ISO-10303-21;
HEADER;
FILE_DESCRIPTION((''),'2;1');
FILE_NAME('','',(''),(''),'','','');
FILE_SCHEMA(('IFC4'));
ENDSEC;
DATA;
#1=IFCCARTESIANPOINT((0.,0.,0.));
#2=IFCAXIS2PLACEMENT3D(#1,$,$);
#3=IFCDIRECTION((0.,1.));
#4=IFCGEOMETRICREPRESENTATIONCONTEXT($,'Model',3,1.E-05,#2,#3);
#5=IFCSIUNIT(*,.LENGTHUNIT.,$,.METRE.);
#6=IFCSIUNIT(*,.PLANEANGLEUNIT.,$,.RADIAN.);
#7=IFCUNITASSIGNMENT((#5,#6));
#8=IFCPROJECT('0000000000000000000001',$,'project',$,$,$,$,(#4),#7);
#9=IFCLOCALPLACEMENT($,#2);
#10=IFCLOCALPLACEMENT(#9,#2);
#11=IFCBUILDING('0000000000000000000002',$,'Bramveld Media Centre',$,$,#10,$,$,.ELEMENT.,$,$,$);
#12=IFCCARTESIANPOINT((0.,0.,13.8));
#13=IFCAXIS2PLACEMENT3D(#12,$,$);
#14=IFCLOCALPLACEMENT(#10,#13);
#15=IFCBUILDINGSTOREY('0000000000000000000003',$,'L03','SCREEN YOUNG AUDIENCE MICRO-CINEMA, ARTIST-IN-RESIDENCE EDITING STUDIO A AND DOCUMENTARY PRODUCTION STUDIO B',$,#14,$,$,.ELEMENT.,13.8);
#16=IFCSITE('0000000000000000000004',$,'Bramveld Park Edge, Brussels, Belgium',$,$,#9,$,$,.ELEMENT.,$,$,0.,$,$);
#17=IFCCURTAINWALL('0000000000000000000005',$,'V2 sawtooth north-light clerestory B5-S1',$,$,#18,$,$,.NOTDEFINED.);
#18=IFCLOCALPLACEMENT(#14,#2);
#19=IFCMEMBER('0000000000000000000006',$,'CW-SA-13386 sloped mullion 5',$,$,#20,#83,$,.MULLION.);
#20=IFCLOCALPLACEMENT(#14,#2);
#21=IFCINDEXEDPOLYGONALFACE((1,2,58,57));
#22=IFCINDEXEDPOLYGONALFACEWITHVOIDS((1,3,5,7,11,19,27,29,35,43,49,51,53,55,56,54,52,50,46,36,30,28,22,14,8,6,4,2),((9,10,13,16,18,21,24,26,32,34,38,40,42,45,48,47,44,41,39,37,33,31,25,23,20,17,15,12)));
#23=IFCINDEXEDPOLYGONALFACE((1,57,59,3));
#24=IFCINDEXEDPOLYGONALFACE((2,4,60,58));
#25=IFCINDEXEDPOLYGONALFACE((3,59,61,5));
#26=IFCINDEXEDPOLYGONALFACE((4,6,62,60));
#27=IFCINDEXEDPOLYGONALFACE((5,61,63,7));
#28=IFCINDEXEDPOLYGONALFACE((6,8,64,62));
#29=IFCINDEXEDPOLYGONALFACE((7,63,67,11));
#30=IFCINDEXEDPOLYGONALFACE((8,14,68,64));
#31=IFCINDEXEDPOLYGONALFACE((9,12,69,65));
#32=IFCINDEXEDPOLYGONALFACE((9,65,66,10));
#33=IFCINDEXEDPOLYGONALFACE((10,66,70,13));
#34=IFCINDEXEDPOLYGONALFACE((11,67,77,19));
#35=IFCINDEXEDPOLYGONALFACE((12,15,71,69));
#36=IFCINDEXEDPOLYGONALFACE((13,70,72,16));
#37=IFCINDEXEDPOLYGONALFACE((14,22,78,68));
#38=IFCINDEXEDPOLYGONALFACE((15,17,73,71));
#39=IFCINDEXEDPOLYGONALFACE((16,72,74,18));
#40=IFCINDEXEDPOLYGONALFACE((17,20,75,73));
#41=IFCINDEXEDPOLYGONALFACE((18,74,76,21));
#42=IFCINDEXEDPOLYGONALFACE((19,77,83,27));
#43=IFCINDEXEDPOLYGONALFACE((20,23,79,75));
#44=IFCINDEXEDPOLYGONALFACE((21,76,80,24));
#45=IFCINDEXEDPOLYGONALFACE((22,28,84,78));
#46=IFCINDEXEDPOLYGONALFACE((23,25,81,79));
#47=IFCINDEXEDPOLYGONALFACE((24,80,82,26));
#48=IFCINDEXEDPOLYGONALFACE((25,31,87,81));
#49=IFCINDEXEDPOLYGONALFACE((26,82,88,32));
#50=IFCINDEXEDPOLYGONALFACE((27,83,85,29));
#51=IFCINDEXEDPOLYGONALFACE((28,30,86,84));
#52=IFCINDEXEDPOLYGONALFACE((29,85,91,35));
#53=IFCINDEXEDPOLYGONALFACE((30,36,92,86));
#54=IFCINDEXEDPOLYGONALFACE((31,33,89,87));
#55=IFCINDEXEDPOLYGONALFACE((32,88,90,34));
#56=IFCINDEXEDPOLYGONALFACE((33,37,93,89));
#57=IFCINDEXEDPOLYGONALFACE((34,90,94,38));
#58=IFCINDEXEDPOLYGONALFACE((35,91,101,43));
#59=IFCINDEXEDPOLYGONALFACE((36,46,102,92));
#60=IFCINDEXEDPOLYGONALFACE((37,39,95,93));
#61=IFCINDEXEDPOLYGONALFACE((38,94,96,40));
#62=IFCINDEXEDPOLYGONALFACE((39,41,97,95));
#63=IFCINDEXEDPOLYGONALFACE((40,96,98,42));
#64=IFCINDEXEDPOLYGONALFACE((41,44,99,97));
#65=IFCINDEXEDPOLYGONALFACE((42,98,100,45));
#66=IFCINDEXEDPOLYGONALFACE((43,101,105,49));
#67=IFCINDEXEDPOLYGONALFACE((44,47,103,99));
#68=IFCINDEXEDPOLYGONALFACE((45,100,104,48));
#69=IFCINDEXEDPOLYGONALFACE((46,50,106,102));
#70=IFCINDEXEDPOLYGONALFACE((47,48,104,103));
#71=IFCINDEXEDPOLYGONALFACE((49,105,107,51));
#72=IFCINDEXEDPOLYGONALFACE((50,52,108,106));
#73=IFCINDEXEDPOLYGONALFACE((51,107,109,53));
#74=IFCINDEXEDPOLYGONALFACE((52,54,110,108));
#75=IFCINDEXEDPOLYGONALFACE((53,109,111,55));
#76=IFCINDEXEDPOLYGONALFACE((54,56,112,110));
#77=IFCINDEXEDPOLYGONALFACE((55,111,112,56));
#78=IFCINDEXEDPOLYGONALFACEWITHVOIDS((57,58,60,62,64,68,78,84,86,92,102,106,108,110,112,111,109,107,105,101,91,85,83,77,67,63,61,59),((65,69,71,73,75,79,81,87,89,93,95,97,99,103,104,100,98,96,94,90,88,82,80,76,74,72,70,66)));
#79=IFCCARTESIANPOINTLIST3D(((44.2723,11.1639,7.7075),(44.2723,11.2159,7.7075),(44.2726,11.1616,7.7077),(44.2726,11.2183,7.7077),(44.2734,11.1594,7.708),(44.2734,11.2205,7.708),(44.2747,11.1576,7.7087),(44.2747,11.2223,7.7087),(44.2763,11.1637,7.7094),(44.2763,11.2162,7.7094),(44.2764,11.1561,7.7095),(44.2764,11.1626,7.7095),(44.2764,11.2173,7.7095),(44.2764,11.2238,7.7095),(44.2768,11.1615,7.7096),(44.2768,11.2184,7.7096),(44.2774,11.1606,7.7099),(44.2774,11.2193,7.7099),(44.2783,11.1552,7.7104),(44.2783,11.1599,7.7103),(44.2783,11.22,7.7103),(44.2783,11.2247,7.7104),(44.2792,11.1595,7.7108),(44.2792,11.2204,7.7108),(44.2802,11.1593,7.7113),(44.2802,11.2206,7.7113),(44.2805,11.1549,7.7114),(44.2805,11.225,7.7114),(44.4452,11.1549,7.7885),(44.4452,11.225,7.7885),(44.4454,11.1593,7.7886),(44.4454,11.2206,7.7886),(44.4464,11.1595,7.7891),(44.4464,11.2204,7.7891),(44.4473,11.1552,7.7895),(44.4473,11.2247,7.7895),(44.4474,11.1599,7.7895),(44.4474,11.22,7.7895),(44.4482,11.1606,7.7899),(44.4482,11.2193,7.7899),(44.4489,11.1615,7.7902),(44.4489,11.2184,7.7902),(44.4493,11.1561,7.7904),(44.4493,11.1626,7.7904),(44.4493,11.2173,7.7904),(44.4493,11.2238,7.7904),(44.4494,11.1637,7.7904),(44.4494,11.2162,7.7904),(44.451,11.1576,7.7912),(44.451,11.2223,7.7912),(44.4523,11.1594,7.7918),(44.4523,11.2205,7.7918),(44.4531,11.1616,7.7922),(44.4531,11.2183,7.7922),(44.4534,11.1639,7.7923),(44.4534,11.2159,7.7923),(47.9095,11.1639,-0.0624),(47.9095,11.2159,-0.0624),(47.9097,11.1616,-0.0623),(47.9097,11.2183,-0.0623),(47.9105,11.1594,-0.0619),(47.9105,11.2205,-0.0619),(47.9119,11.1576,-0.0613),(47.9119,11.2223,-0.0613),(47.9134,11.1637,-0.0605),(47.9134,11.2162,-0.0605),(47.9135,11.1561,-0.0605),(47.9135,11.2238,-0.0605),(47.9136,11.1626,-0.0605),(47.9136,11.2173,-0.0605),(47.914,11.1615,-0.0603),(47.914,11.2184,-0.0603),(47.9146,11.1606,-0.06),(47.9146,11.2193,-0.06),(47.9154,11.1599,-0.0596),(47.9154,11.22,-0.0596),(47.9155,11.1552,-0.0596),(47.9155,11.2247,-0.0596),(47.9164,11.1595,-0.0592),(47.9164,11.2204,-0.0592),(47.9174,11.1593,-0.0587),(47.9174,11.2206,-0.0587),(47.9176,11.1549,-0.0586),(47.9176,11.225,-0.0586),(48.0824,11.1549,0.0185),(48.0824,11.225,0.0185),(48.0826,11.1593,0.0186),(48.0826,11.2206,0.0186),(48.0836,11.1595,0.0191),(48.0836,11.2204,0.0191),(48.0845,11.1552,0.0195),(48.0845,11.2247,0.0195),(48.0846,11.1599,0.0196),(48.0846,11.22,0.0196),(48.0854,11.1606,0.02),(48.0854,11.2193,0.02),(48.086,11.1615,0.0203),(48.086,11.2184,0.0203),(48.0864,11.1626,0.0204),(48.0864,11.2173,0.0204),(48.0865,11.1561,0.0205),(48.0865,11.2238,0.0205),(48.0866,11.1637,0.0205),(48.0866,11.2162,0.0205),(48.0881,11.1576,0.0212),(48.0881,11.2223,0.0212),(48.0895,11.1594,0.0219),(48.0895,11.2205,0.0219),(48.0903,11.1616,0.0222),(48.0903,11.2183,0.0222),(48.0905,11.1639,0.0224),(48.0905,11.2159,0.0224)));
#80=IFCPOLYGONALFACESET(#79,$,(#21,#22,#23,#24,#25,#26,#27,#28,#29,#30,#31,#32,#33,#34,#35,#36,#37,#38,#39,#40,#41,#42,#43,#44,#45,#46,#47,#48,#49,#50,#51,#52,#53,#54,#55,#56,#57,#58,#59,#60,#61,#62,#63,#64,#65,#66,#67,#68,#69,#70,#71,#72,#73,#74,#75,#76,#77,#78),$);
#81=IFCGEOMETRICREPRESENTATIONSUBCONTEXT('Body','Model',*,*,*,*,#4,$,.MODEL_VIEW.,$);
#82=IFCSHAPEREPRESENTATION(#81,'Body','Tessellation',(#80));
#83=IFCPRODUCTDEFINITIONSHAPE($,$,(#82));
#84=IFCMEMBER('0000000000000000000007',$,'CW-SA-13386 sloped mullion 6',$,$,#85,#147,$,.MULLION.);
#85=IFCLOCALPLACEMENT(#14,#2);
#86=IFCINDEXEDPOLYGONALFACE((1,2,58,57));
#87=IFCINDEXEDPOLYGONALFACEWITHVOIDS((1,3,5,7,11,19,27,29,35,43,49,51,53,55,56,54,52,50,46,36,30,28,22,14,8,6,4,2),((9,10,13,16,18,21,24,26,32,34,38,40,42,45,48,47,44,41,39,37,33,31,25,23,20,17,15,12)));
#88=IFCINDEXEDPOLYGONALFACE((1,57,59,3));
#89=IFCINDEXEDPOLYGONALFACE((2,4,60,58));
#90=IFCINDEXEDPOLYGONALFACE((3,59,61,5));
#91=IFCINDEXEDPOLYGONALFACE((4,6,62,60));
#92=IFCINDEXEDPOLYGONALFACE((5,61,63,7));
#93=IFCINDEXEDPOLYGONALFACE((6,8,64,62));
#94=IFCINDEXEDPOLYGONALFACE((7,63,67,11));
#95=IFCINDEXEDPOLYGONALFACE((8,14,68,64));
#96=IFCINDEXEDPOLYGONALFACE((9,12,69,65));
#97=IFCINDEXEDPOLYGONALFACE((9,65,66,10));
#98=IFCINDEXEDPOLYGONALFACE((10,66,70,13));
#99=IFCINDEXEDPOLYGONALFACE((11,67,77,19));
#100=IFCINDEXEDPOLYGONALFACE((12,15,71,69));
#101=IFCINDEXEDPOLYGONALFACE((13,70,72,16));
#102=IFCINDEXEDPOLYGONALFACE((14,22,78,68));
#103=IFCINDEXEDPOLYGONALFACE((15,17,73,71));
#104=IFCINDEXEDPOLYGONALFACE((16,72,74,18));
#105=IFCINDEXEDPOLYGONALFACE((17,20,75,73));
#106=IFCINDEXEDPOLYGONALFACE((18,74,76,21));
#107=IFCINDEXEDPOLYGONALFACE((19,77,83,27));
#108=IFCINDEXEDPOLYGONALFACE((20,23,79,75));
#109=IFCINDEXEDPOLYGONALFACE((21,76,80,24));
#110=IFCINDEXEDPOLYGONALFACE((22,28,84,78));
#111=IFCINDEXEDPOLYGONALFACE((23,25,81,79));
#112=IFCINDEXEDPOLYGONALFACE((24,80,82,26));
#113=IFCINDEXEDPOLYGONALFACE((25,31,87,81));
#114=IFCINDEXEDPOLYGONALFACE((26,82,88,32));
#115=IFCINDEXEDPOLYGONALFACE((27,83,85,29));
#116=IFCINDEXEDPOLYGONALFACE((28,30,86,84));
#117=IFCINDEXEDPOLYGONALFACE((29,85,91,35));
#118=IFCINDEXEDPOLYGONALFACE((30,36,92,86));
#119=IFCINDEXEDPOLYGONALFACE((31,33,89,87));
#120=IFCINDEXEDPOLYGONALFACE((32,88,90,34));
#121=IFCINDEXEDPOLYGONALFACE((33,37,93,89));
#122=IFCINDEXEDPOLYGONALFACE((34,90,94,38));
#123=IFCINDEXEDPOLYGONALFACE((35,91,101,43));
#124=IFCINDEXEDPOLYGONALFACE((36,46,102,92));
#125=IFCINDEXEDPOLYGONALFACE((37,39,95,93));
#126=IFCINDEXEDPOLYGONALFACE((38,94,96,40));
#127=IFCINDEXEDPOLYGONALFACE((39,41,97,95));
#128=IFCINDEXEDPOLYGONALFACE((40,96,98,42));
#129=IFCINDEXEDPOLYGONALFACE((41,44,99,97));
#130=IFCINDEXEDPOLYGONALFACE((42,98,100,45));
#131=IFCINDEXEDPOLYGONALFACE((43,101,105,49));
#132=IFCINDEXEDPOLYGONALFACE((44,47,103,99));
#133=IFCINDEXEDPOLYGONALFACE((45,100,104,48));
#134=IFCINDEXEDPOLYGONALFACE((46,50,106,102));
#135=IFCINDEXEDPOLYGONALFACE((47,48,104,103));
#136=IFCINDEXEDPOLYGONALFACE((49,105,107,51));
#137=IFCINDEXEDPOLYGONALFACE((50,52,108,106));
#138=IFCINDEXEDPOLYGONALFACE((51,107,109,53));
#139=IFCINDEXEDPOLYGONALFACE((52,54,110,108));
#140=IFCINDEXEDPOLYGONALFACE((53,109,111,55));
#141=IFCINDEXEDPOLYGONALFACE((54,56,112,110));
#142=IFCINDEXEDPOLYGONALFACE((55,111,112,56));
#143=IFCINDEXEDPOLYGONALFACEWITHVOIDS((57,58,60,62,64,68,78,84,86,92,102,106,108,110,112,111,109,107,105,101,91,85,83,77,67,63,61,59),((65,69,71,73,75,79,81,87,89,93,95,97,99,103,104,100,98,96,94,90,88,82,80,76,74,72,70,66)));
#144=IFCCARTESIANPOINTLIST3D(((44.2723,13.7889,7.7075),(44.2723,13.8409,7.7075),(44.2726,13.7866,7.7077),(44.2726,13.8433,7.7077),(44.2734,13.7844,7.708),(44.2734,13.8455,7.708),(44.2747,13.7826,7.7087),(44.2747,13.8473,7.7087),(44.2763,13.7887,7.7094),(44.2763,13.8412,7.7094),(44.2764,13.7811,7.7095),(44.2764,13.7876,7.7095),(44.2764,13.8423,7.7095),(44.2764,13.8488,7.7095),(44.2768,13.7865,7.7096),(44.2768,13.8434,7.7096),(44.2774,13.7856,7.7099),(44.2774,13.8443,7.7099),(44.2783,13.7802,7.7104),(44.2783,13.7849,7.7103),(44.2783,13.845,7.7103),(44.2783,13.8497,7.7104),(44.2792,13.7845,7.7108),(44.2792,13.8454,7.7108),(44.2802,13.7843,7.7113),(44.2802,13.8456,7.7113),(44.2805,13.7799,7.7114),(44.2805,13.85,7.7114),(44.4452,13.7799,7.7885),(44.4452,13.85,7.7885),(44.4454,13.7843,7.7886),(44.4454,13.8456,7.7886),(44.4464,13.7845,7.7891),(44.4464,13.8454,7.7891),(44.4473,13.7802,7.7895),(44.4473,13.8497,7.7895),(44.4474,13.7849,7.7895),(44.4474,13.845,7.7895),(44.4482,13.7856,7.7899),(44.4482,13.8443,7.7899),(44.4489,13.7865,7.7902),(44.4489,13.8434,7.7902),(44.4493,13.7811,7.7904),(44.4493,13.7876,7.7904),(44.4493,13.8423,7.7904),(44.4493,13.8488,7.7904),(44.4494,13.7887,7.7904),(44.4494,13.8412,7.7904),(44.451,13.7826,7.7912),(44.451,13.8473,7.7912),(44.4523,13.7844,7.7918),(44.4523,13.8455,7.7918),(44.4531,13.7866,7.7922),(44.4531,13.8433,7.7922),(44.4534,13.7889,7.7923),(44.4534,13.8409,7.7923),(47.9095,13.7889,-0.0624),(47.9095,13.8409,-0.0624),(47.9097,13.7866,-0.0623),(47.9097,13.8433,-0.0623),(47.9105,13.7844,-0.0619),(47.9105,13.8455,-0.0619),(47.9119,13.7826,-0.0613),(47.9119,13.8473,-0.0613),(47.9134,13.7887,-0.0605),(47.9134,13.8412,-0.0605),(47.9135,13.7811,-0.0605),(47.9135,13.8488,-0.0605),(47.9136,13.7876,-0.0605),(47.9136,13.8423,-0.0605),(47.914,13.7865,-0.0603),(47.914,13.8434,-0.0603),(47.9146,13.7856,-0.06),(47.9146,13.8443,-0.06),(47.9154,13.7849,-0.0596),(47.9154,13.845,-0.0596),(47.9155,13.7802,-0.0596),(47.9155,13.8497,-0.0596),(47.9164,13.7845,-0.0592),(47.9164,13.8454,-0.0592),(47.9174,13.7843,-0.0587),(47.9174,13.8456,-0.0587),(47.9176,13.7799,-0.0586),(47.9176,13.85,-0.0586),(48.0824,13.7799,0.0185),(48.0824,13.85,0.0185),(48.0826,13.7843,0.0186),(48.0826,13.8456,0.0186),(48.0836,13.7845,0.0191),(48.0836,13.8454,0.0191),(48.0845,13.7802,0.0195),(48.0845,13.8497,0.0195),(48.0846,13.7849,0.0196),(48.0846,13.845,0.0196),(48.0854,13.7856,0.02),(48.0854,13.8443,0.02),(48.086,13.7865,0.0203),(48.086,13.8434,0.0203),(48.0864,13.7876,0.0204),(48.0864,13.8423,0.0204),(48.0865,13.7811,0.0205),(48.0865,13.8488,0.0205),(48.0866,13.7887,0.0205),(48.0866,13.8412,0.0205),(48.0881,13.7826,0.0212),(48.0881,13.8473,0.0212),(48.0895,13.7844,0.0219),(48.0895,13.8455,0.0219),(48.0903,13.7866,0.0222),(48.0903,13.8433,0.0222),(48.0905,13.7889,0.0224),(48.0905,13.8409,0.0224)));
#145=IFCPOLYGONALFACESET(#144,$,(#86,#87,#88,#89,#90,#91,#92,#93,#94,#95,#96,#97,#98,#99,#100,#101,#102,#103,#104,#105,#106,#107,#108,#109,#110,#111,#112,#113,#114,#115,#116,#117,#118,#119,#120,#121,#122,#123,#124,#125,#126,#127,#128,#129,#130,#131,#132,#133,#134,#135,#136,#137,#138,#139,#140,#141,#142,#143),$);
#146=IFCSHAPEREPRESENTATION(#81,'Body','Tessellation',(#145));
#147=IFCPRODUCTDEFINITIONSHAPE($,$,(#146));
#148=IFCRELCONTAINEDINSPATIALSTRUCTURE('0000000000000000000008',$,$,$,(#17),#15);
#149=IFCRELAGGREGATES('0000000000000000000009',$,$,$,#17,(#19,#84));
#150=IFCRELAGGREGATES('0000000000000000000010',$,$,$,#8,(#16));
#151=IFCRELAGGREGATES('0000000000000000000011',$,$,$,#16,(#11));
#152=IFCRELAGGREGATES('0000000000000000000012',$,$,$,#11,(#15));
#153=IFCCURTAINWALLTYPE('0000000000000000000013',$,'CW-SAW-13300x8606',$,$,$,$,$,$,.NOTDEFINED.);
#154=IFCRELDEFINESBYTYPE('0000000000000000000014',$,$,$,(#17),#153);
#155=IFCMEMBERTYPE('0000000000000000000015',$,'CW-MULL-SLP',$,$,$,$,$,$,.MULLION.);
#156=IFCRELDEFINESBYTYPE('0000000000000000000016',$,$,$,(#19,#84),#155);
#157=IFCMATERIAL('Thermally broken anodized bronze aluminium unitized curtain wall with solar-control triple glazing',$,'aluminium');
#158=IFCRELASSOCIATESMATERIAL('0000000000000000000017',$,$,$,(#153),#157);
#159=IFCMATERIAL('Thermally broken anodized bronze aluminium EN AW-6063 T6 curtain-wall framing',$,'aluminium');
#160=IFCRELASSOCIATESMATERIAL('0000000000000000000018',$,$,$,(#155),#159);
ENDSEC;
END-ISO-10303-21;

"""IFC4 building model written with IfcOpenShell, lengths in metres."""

from ifc_helpers import new_model, si_unit, direction, frame, origin, origin_2d, place, context, subcontext, project, spatial, hollow_rectangle, extrude, material, material_profile, profile_set, type_object, element, aggregate, save


model = new_model("IFC4")

# Units and contexts
model_context = context("Model", 3, precision=1e-05, world=origin(), true_north=direction((0.0, 1.0)))
body_context = subcontext(model_context, "Body", "Model", "MODEL_VIEW")
ifc_project = project(units=[si_unit("LENGTHUNIT", "METRE"), si_unit("PLANEANGLEUNIT", "RADIAN")], contexts=[model_context])

# Site, building, storey
site_placement = place(None, origin())
site = spatial("IfcSite", under=ifc_project, at=site_placement, Name="Bramveld Park Edge, Brussels, Belgium", CompositionType="ELEMENT", RefElevation=0.0)
building_placement = place(site_placement, origin())
building = spatial("IfcBuilding", under=site, at=building_placement, Name="Bramveld Media Centre", CompositionType="ELEMENT")
storey_placement = place(building_placement, frame((0.0, 0.0, 13.8)))
storey = spatial("IfcBuildingStorey", under=building, at=storey_placement, Name="L03", Description="SCREEN YOUNG AUDIENCE MICRO-CINEMA, ARTIST-IN-RESIDENCE EDITING STUDIO A AND DOCUMENTARY PRODUCTION STUDIO B", CompositionType="ELEMENT", Elevation=13.8)

# Curtain wall, members
ifc_material_1 = material(Name="Thermally broken anodized bronze aluminium unitized curtain wall with solar-control triple glazing", Category="aluminium")
curtain_wall_type = type_object("IfcCurtainWallType", Name="CW-SAW-13300x8606", PredefinedType="NOTDEFINED", material=ifc_material_1)
curtain_wall_1_placement = place(storey_placement, origin())
curtain_wall_1 = element("IfcCurtainWall", 1, at=curtain_wall_1_placement, inside=storey, type_object=curtain_wall_type, Name="V2 sawtooth north-light clerestory B5-S1", PredefinedType="NOTDEFINED")
ifc_material_2 = material(Name="Thermally broken anodized bronze aluminium EN AW-6063 T6 curtain-wall framing", Category="aluminium")
ifc_material_profile_1 = material_profile(ifc_material_2, hollow_rectangle(XDim=0.0701, YDim=0.2, WallThickness=0.0044, InnerFilletRadius=0.0044, OuterFilletRadius=0.009, at=origin_2d()), Name="AL-MULL 70x200")
ifc_profile_set_1 = profile_set([ifc_material_profile_1], Name="Thermally broken anodized bronze aluminium EN AW-6063 T6 curtain-wall framing")
member_type_1 = type_object("IfcMemberType", Name="CW-MULL-SLP", PredefinedType="MULLION", material=ifc_profile_set_1)
member_1_placement = place(storey_placement, frame((48.0, 11.1899, -0.02), z_axis=(-0.423957, 0.0, 0.905682), x_axis=(0.0, -1.0, 0.0)))
member_1 = element("IfcMember", 2, at=member_1_placement, type_object=member_type_1, Name="CW-SA-13386 sloped mullion 5", PredefinedType="MULLION", context=body_context, shape_type="SweptSolid", body=[
    extrude(hollow_rectangle(XDim=0.0701, YDim=0.2, WallThickness=0.0044, InnerFilletRadius=0.0044, OuterFilletRadius=0.009, at=origin_2d()), origin(), (0.0, 0.0, 1.0), 8.5791),
])
member_2_placement = place(storey_placement, frame((48.0, 13.8149, -0.02), z_axis=(-0.423957, 0.0, 0.905682), x_axis=(0.0, -1.0, 0.0)))
member_2 = element("IfcMember", 3, at=member_2_placement, type_object=member_type_1, Name="CW-SA-13386 sloped mullion 6", PredefinedType="MULLION", context=body_context, shape_type="SweptSolid", body=[
    extrude(hollow_rectangle(XDim=0.0701, YDim=0.2, WallThickness=0.0044, InnerFilletRadius=0.0044, OuterFilletRadius=0.009, at=origin_2d()), origin(), (0.0, 0.0, 1.0), 8.5791),
])

aggregate(curtain_wall_1, [member_1, member_2])

save(model, "model.ifc")
